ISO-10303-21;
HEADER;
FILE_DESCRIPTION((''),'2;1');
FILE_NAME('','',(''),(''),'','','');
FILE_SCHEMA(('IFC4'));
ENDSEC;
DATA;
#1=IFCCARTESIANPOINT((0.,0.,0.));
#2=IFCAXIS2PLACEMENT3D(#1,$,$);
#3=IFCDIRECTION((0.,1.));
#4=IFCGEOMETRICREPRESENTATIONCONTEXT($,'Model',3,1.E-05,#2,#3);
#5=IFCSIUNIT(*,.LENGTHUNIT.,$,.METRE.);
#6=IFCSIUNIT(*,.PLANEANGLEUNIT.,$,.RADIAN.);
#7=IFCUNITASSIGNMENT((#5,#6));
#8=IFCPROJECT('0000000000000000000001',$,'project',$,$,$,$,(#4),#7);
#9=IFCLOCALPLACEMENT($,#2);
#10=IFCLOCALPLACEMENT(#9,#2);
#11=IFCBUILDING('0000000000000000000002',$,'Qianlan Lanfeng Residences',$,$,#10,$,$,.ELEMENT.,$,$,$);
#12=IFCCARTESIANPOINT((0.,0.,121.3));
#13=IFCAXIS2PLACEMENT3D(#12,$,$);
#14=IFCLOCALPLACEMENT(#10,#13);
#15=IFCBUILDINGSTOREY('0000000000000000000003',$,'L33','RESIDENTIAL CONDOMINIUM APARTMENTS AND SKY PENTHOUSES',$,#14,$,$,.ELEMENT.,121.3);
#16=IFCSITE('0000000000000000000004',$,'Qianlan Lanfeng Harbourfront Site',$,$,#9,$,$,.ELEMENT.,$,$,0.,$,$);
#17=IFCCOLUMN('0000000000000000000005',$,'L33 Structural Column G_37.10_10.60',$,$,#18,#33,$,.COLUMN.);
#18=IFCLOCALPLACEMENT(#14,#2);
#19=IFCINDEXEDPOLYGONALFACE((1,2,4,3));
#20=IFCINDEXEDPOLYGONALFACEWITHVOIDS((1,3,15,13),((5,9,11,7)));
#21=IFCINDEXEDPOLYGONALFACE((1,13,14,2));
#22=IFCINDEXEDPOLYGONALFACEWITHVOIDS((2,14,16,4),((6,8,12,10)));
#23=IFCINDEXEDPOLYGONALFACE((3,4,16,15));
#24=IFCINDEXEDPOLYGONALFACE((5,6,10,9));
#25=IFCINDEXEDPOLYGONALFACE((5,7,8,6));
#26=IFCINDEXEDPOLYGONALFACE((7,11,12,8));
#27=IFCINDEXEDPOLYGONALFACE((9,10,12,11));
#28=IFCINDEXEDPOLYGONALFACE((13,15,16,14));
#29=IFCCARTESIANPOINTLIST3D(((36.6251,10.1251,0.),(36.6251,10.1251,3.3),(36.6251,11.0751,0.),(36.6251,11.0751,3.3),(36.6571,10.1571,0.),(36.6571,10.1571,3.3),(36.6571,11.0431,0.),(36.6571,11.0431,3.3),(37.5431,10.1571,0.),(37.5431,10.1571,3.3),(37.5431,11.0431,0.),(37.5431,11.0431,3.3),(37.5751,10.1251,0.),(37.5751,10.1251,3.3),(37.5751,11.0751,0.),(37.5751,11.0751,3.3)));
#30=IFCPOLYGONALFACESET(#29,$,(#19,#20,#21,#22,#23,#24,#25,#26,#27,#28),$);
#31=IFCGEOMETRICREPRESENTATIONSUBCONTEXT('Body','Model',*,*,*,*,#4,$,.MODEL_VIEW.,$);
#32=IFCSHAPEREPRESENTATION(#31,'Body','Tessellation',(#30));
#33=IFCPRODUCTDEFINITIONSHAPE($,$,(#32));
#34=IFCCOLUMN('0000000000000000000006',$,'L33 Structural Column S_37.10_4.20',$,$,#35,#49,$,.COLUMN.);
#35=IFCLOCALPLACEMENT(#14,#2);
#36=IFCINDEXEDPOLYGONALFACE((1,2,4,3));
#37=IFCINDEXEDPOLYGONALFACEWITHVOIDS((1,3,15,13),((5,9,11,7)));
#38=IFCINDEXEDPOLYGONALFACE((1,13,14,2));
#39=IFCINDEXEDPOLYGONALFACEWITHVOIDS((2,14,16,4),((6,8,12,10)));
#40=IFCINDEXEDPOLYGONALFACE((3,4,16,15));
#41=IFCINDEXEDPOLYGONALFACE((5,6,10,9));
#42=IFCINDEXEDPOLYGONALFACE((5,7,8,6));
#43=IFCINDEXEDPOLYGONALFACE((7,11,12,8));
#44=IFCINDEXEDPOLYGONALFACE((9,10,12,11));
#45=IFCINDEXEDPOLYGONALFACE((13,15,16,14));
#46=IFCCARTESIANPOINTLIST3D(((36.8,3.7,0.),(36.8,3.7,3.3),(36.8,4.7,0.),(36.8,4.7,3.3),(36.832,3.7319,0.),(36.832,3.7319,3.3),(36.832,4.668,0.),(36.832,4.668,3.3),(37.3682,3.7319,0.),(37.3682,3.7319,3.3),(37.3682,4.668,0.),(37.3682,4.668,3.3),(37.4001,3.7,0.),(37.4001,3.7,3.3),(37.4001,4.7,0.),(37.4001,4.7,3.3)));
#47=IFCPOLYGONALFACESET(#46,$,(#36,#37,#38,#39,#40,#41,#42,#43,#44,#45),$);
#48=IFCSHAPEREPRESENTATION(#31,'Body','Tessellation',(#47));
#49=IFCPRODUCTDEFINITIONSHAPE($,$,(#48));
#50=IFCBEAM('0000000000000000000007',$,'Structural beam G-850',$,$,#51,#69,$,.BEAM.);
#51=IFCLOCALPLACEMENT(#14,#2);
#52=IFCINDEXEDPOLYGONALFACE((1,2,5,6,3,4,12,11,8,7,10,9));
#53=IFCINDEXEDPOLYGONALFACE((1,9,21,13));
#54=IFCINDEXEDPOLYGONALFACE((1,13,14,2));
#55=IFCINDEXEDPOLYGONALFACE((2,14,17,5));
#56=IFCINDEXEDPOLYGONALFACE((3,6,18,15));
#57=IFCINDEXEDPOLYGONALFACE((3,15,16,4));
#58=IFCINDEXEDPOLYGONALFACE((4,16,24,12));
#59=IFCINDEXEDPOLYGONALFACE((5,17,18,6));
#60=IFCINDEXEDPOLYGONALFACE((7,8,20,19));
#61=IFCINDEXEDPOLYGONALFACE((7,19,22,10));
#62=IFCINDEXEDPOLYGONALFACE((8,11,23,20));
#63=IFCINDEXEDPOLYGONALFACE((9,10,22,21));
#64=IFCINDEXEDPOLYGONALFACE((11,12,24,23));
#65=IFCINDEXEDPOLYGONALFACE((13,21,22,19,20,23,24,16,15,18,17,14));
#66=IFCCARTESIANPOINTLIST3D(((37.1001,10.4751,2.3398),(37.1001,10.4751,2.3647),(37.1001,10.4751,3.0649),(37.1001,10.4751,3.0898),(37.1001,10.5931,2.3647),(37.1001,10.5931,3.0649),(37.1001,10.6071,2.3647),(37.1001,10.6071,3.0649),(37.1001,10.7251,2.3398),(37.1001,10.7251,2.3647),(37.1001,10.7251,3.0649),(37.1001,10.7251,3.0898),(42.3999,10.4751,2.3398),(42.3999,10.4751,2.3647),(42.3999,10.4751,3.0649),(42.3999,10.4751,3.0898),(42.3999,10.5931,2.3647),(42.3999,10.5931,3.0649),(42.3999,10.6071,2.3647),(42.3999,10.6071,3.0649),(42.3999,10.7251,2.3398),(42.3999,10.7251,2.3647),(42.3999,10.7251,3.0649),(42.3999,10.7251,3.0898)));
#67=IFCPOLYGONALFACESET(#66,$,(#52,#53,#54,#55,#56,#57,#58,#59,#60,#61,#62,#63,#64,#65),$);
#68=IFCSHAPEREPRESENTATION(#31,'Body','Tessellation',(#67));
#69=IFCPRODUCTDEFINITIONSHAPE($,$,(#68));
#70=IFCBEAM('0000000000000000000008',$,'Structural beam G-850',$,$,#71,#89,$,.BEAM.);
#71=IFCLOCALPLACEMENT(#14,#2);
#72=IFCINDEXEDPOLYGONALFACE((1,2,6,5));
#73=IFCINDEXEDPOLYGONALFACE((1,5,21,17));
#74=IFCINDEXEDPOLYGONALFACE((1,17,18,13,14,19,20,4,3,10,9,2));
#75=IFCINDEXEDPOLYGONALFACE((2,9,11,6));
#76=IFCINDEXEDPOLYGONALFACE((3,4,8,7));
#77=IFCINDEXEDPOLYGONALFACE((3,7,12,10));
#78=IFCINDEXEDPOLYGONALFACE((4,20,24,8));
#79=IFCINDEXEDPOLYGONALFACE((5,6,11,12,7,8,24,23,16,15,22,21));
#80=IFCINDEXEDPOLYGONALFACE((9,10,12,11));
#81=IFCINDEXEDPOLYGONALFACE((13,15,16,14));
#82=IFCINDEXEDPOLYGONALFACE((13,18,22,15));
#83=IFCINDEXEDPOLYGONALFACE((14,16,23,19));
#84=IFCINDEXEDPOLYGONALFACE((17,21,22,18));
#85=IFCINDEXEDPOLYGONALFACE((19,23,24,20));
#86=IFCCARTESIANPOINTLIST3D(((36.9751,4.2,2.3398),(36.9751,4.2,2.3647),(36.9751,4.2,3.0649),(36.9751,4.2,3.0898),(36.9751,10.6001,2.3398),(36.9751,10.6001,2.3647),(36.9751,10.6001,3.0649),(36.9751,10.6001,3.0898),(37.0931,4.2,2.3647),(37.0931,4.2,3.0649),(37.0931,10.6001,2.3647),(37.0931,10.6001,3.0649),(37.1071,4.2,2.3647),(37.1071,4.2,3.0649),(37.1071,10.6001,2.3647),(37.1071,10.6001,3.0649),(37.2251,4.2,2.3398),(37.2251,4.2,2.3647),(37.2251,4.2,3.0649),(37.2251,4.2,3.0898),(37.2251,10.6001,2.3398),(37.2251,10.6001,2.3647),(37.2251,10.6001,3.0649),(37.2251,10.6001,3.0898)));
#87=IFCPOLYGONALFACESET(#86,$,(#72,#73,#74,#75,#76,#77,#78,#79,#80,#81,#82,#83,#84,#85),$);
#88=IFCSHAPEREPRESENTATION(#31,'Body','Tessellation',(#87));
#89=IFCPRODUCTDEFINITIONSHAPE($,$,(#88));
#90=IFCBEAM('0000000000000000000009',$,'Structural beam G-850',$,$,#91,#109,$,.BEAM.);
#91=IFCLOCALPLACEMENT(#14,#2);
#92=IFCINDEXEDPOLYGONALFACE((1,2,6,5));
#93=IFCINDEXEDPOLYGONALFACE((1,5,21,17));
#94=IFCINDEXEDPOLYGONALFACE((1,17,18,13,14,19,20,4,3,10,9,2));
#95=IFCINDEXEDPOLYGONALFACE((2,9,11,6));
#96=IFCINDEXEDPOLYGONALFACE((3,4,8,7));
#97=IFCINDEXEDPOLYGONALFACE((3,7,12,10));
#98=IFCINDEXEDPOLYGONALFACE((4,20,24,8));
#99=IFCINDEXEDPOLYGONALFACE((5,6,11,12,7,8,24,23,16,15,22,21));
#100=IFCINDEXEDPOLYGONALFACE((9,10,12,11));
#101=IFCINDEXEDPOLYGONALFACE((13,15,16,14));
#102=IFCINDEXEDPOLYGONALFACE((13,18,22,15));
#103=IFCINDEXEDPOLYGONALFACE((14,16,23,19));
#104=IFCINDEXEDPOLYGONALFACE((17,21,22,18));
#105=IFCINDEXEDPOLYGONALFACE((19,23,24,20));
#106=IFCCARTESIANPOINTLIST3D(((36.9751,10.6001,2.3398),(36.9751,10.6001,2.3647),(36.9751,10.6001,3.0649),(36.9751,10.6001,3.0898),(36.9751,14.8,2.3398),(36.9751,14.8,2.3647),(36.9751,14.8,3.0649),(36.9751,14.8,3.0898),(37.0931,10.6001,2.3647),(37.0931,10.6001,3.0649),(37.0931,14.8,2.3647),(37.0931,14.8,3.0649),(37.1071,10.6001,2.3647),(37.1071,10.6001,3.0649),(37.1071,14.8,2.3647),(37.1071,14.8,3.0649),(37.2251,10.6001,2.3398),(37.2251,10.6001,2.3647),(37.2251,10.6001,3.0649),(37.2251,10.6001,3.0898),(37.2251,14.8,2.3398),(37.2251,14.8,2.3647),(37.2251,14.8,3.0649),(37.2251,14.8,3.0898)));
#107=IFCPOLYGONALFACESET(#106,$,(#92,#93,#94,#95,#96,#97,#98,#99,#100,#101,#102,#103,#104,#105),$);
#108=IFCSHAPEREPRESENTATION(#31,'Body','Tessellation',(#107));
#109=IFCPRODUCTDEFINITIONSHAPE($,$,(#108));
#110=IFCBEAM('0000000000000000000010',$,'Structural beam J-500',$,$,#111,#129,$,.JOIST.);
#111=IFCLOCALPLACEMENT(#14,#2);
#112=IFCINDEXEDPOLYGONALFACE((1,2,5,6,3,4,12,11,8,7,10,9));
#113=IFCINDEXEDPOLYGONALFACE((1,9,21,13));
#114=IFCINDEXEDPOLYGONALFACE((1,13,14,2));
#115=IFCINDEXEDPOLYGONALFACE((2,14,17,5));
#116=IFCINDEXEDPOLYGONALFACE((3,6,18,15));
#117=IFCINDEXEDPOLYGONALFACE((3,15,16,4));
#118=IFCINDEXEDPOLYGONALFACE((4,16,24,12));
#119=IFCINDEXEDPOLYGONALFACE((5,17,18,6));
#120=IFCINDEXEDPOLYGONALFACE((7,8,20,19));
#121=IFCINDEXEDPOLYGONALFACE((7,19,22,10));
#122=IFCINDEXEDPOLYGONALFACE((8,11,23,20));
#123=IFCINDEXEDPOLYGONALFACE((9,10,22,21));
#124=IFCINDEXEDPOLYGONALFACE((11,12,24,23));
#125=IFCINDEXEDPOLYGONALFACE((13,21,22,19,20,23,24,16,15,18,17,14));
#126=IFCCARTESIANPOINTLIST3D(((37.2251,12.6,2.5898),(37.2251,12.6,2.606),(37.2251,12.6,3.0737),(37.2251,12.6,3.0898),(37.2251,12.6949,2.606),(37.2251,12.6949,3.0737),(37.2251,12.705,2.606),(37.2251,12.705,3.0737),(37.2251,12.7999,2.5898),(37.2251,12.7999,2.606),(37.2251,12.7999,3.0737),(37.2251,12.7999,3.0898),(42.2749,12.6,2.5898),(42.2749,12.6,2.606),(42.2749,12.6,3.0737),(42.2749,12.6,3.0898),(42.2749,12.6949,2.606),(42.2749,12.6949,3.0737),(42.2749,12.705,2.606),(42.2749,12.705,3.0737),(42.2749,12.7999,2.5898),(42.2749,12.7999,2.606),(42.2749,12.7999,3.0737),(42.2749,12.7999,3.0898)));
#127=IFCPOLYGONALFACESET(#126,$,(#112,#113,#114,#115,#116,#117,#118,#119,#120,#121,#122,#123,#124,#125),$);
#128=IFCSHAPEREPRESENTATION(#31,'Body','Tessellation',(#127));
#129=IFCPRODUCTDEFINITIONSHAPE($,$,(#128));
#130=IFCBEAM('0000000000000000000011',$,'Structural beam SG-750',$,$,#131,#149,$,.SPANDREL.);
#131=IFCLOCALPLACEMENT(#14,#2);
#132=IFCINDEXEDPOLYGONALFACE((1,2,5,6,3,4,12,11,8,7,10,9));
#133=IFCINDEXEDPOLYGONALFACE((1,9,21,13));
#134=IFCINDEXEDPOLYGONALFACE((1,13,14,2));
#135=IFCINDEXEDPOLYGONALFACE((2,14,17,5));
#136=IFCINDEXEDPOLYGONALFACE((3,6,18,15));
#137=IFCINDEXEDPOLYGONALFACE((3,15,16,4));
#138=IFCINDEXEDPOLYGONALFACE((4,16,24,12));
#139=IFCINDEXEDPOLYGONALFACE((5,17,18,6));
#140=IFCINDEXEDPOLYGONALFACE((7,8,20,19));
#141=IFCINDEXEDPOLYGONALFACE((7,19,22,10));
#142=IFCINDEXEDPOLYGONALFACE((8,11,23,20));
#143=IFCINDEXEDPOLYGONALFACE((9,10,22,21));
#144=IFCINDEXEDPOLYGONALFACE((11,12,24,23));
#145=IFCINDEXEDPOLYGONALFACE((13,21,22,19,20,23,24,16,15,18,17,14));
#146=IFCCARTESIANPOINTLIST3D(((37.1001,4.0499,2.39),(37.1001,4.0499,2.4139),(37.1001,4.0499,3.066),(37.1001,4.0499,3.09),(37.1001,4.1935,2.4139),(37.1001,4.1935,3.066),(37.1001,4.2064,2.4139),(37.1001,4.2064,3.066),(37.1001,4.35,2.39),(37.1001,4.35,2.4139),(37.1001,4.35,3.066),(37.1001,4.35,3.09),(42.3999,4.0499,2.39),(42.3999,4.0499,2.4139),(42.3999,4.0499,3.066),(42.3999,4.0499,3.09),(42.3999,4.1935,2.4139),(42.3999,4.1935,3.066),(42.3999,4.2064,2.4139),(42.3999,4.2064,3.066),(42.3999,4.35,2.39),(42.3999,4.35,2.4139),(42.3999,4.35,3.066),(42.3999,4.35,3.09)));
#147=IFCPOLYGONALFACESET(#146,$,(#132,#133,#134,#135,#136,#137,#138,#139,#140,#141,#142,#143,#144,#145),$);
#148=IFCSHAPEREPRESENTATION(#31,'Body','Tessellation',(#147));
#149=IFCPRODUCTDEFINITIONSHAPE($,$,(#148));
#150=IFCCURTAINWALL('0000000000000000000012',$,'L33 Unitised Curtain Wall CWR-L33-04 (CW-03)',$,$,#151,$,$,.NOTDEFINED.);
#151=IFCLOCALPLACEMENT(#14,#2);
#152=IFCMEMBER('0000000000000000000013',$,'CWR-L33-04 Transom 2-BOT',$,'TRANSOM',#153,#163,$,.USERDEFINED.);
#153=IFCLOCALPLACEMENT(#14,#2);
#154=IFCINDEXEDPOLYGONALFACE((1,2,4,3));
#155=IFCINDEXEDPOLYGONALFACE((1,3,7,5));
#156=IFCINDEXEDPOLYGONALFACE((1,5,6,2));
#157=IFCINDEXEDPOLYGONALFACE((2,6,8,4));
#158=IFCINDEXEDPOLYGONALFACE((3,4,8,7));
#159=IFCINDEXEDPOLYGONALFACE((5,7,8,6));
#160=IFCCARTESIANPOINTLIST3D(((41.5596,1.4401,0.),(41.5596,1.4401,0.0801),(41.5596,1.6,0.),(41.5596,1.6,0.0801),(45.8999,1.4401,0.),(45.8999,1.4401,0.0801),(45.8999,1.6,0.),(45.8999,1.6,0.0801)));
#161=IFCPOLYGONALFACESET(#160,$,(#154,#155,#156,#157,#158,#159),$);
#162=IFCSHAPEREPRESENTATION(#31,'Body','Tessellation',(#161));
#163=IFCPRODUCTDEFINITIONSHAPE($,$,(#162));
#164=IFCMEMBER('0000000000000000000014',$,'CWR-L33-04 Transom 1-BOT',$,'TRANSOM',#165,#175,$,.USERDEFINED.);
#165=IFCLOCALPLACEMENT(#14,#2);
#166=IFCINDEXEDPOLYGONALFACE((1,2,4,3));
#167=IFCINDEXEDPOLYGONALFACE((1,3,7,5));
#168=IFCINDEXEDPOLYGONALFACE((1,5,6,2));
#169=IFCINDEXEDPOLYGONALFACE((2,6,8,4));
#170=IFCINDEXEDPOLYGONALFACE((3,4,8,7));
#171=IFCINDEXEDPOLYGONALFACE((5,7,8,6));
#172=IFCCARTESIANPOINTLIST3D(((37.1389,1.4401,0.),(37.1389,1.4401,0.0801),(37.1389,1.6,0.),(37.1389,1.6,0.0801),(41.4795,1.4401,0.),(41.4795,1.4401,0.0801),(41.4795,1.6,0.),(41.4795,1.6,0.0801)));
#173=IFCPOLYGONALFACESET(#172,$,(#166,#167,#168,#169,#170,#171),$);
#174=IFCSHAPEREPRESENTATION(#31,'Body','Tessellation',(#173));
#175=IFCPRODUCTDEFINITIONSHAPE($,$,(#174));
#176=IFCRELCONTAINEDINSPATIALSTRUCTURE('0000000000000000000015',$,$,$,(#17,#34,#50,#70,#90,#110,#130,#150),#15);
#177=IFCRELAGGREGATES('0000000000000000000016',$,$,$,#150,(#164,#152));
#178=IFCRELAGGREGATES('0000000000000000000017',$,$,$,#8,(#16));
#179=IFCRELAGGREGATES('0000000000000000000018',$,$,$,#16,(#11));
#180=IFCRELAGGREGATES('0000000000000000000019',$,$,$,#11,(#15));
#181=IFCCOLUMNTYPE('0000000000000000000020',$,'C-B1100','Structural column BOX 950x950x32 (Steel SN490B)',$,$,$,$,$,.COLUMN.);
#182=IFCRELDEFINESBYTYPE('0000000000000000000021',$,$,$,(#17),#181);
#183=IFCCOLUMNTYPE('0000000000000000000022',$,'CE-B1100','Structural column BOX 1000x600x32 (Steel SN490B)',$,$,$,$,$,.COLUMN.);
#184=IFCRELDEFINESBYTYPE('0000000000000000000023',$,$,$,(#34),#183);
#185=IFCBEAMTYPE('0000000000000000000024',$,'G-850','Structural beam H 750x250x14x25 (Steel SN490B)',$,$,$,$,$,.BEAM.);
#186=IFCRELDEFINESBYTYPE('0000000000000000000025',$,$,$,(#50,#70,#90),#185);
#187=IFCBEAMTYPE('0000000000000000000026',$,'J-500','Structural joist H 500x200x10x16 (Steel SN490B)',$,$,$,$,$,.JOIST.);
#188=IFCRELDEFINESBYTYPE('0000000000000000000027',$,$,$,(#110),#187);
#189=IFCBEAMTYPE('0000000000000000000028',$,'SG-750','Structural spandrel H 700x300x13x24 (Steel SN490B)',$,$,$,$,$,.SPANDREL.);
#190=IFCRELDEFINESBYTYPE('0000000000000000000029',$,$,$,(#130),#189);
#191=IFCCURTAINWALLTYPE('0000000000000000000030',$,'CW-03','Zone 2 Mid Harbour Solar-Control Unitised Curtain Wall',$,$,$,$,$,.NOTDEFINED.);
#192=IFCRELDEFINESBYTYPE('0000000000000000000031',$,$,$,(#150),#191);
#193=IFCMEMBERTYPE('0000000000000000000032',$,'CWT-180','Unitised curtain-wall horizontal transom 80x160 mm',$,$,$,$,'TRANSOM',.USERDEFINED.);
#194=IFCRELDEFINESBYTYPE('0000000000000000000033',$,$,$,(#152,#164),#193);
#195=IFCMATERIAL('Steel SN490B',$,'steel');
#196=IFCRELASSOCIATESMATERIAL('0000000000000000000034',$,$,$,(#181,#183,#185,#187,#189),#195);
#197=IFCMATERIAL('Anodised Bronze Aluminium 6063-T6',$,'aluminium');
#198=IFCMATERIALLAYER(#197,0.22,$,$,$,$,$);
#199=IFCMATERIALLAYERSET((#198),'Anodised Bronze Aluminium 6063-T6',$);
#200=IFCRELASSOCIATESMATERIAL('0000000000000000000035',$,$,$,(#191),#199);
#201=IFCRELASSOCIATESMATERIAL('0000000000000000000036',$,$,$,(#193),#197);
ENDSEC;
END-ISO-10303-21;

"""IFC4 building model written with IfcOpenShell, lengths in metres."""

from ifc_helpers import new_model, si_unit, direction, frame, origin, origin_2d, place, context, subcontext, project, spatial, rectangle, hollow_rectangle, i_section, extrude, source, transform, mapped, material, layer, layer_set, material_profile, profile_set, type_object, element, aggregate, save


model = new_model("IFC4")

# Units and contexts
model_context = context("Model", 3, precision=1e-05, world=origin(), true_north=direction((0.0, 1.0)))
body_context = subcontext(model_context, "Body", "Model", "MODEL_VIEW")
ifc_project = project(units=[si_unit("LENGTHUNIT", "METRE"), si_unit("PLANEANGLEUNIT", "RADIAN")], contexts=[model_context])

# Site, building, storey
site_placement = place(None, origin())
site = spatial("IfcSite", under=ifc_project, at=site_placement, Name="Qianlan Lanfeng Harbourfront Site", CompositionType="ELEMENT", RefElevation=0.0)
building_placement = place(site_placement, origin())
building = spatial("IfcBuilding", under=site, at=building_placement, Name="Qianlan Lanfeng Residences", CompositionType="ELEMENT")
storey_placement = place(building_placement, frame((0.0, 0.0, 121.3)))
storey = spatial("IfcBuildingStorey", under=building, at=storey_placement, Name="L33", Description="RESIDENTIAL CONDOMINIUM APARTMENTS AND SKY PENTHOUSES", CompositionType="ELEMENT", Elevation=121.3)

# Columns
ifc_material_1 = material(Name="Steel SN490B", Category="steel")
ifc_material_profile_1 = material_profile(ifc_material_1, hollow_rectangle(XDim=0.95, YDim=0.95, WallThickness=0.032, at=origin_2d()), Name="BOX 950x950x32")
ifc_profile_set_1 = profile_set([ifc_material_profile_1], Name="Steel SN490B")
column_type_1 = type_object("IfcColumnType", Name="C-B1100", Description="Structural column BOX 950x950x32 (Steel SN490B)", PredefinedType="COLUMN", material=ifc_profile_set_1)
column_1_placement = place(storey_placement, frame((37.1001, 10.6001, 0.0), z_axis=(0.0, 0.0, 1.0), x_axis=(1.0, 0.0, 0.0)))
element("IfcColumn", 1, at=column_1_placement, inside=storey, type_object=column_type_1, Name="L33 Structural Column G_37.10_10.60", PredefinedType="COLUMN", context=body_context, shape_type="SweptSolid", body=[
    extrude(hollow_rectangle(XDim=0.95, YDim=0.95, WallThickness=0.032, at=origin_2d()), origin(), (0.0, 0.0, 1.0), 3.3),
])
ifc_material_profile_2 = material_profile(ifc_material_1, hollow_rectangle(XDim=0.6001, YDim=1.0, WallThickness=0.032, at=origin_2d()), Name="BOX 1000x600x32")
ifc_profile_set_2 = profile_set([ifc_material_profile_2], Name="Steel SN490B")
column_type_2 = type_object("IfcColumnType", Name="CE-B1100", Description="Structural column BOX 1000x600x32 (Steel SN490B)", PredefinedType="COLUMN", material=ifc_profile_set_2)
column_2_placement = place(storey_placement, frame((37.1001, 4.2, 0.0), z_axis=(0.0, 0.0, 1.0), x_axis=(1.0, 0.0, 0.0)))
element("IfcColumn", 2, at=column_2_placement, inside=storey, type_object=column_type_2, Name="L33 Structural Column S_37.10_4.20", PredefinedType="COLUMN", context=body_context, shape_type="SweptSolid", body=[
    extrude(hollow_rectangle(XDim=0.6001, YDim=1.0, WallThickness=0.032, at=origin_2d()), origin(), (0.0, 0.0, 1.0), 3.3),
])

# Beams
ifc_material_profile_3 = material_profile(ifc_material_1, i_section(OverallWidth=0.25, OverallDepth=0.75, WebThickness=0.0139, FlangeThickness=0.0249, at=origin_2d()), Name="H 750x250x14x25")
ifc_profile_set_3 = profile_set([ifc_material_profile_3], Name="Steel SN490B")
beam_type_1 = type_object("IfcBeamType", Name="G-850", Description="Structural beam H 750x250x14x25 (Steel SN490B)", PredefinedType="BEAM", material=ifc_profile_set_3)
beam_1_placement = place(storey_placement, frame((37.1001, 10.6001, 2.7148), z_axis=(1.0, 0.0, 0.0), x_axis=(0.0, 1.0, 0.0)))
element("IfcBeam", 3, at=beam_1_placement, inside=storey, type_object=beam_type_1, Name="Structural beam G-850", PredefinedType="BEAM", context=body_context, shape_type="SweptSolid", body=[
    extrude(i_section(OverallWidth=0.25, OverallDepth=0.75, WebThickness=0.0139, FlangeThickness=0.0249, at=origin_2d()), origin(), (0.0, 0.0, 1.0), 5.2998),
])
beam_2_placement = place(storey_placement, frame((37.1001, 4.2, 2.7148), z_axis=(0.0, 1.0, 0.0), x_axis=(-1.0, 0.0, 0.0)))
element("IfcBeam", 4, at=beam_2_placement, inside=storey, type_object=beam_type_1, Name="Structural beam G-850", PredefinedType="BEAM", context=body_context, shape_type="SweptSolid", body=[
    extrude(i_section(OverallWidth=0.25, OverallDepth=0.75, WebThickness=0.0139, FlangeThickness=0.0249, at=origin_2d()), origin(), (0.0, 0.0, 1.0), 6.4001),
])
beam_3_placement = place(storey_placement, frame((37.1001, 10.6001, 2.7148), z_axis=(0.0, 1.0, 0.0), x_axis=(-1.0, 0.0, 0.0)))
element("IfcBeam", 5, at=beam_3_placement, inside=storey, type_object=beam_type_1, Name="Structural beam G-850", PredefinedType="BEAM", context=body_context, shape_type="SweptSolid", body=[
    extrude(i_section(OverallWidth=0.25, OverallDepth=0.75, WebThickness=0.0139, FlangeThickness=0.0249, at=origin_2d()), origin(), (0.0, 0.0, 1.0), 4.2),
])
ifc_material_profile_4 = material_profile(ifc_material_1, i_section(OverallWidth=0.2, OverallDepth=0.5, WebThickness=0.01, FlangeThickness=0.0161, at=origin_2d()), Name="H 500x200x10x16")
ifc_profile_set_4 = profile_set([ifc_material_profile_4], Name="Steel SN490B")
beam_type_2 = type_object("IfcBeamType", Name="J-500", Description="Structural joist H 500x200x10x16 (Steel SN490B)", PredefinedType="JOIST", material=ifc_profile_set_4)
beam_4_placement = place(storey_placement, frame((37.2251, 12.7, 2.8398), z_axis=(1.0, 0.0, 0.0), x_axis=(0.0, 1.0, 0.0)))
element("IfcBeam", 6, at=beam_4_placement, inside=storey, type_object=beam_type_2, Name="Structural beam J-500", PredefinedType="JOIST", context=body_context, shape_type="SweptSolid", body=[
    extrude(i_section(OverallWidth=0.2, OverallDepth=0.5, WebThickness=0.01, FlangeThickness=0.0161, at=origin_2d()), origin(), (0.0, 0.0, 1.0), 5.0498),
])
ifc_material_profile_5 = material_profile(ifc_material_1, i_section(OverallWidth=0.3, OverallDepth=0.7, WebThickness=0.0129, FlangeThickness=0.0239, at=origin_2d()), Name="H 700x300x13x24")
ifc_profile_set_5 = profile_set([ifc_material_profile_5], Name="Steel SN490B")
beam_type_3 = type_object("IfcBeamType", Name="SG-750", Description="Structural spandrel H 700x300x13x24 (Steel SN490B)", PredefinedType="SPANDREL", material=ifc_profile_set_5)
beam_5_placement = place(storey_placement, frame((37.1001, 4.2, 2.74), z_axis=(1.0, 0.0, 0.0), x_axis=(0.0, 1.0, 0.0)))
element("IfcBeam", 7, at=beam_5_placement, inside=storey, type_object=beam_type_3, Name="Structural beam SG-750", PredefinedType="SPANDREL", context=body_context, shape_type="SweptSolid", body=[
    extrude(i_section(OverallWidth=0.3, OverallDepth=0.7, WebThickness=0.0129, FlangeThickness=0.0239, at=origin_2d()), origin(), (0.0, 0.0, 1.0), 5.2998),
])

# Curtain wall, members
ifc_material_2 = material(Name="Anodised Bronze Aluminium 6063-T6", Category="aluminium")
ifc_layer_1 = layer(ifc_material_2, 0.22)
ifc_layer_set_1 = layer_set([ifc_layer_1], Name="Anodised Bronze Aluminium 6063-T6")
curtain_wall_type = type_object("IfcCurtainWallType", Name="CW-03", Description="Zone 2 Mid Harbour Solar-Control Unitised Curtain Wall", PredefinedType="NOTDEFINED", material=ifc_layer_set_1)
curtain_wall_1_placement = place(storey_placement, origin())
curtain_wall_1 = element("IfcCurtainWall", 8, at=curtain_wall_1_placement, inside=storey, type_object=curtain_wall_type, Name="L33 Unitised Curtain Wall CWR-L33-04 (CW-03)", PredefinedType="NOTDEFINED")
ifc_material_profile_6 = material_profile(ifc_material_2, rectangle(XDim=0.0801, YDim=0.1599, at=origin_2d()), Name="ALU TRANSOM 80x160")
ifc_profile_set_6 = profile_set([ifc_material_profile_6], Name="Anodised Bronze Aluminium 6063-T6")
member_type_1 = type_object("IfcMemberType", Name="CWT-180", Description="Unitised curtain-wall horizontal transom 80x160 mm", ElementType="TRANSOM", PredefinedType="USERDEFINED", material=ifc_profile_set_6)
shared_shape_1 = source(origin(), body_context, "Body", "SweptSolid", [
    extrude(rectangle(XDim=0.0801, YDim=0.1599, at=origin_2d()), origin(), (0.0, 0.0, 1.0), 4.3403),
])
member_1_placement = place(storey_placement, frame((41.5596, 1.52, 0.04), z_axis=(1.0, 0.0, 0.0), x_axis=(0.0, 0.0, 1.0)))
member_1 = element("IfcMember", 9, at=member_1_placement, type_object=member_type_1, Name="CWR-L33-04 Transom 2-BOT", ObjectType="TRANSOM", PredefinedType="USERDEFINED", context=body_context, shape_type="MappedRepresentation", body=[
    mapped(shared_shape_1, transform((0.0, 0.0, 0.0), scale=1.0)),
])
shared_shape_2 = source(origin(), body_context, "Body", "SweptSolid", [
    extrude(rectangle(XDim=0.0801, YDim=0.1599, at=origin_2d()), origin(), (0.0, 0.0, 1.0), 4.3406),
])
member_2_placement = place(storey_placement, frame((37.1389, 1.52, 0.04), z_axis=(1.0, 0.0, 0.0), x_axis=(0.0, 0.0, 1.0)))
member_2 = element("IfcMember", 10, at=member_2_placement, type_object=member_type_1, Name="CWR-L33-04 Transom 1-BOT", ObjectType="TRANSOM", PredefinedType="USERDEFINED", context=body_context, shape_type="MappedRepresentation", body=[
    mapped(shared_shape_2, transform((0.0, 0.0, 0.0), scale=1.0)),
])

aggregate(curtain_wall_1, [member_2, member_1])

save(model, "model.ifc")
